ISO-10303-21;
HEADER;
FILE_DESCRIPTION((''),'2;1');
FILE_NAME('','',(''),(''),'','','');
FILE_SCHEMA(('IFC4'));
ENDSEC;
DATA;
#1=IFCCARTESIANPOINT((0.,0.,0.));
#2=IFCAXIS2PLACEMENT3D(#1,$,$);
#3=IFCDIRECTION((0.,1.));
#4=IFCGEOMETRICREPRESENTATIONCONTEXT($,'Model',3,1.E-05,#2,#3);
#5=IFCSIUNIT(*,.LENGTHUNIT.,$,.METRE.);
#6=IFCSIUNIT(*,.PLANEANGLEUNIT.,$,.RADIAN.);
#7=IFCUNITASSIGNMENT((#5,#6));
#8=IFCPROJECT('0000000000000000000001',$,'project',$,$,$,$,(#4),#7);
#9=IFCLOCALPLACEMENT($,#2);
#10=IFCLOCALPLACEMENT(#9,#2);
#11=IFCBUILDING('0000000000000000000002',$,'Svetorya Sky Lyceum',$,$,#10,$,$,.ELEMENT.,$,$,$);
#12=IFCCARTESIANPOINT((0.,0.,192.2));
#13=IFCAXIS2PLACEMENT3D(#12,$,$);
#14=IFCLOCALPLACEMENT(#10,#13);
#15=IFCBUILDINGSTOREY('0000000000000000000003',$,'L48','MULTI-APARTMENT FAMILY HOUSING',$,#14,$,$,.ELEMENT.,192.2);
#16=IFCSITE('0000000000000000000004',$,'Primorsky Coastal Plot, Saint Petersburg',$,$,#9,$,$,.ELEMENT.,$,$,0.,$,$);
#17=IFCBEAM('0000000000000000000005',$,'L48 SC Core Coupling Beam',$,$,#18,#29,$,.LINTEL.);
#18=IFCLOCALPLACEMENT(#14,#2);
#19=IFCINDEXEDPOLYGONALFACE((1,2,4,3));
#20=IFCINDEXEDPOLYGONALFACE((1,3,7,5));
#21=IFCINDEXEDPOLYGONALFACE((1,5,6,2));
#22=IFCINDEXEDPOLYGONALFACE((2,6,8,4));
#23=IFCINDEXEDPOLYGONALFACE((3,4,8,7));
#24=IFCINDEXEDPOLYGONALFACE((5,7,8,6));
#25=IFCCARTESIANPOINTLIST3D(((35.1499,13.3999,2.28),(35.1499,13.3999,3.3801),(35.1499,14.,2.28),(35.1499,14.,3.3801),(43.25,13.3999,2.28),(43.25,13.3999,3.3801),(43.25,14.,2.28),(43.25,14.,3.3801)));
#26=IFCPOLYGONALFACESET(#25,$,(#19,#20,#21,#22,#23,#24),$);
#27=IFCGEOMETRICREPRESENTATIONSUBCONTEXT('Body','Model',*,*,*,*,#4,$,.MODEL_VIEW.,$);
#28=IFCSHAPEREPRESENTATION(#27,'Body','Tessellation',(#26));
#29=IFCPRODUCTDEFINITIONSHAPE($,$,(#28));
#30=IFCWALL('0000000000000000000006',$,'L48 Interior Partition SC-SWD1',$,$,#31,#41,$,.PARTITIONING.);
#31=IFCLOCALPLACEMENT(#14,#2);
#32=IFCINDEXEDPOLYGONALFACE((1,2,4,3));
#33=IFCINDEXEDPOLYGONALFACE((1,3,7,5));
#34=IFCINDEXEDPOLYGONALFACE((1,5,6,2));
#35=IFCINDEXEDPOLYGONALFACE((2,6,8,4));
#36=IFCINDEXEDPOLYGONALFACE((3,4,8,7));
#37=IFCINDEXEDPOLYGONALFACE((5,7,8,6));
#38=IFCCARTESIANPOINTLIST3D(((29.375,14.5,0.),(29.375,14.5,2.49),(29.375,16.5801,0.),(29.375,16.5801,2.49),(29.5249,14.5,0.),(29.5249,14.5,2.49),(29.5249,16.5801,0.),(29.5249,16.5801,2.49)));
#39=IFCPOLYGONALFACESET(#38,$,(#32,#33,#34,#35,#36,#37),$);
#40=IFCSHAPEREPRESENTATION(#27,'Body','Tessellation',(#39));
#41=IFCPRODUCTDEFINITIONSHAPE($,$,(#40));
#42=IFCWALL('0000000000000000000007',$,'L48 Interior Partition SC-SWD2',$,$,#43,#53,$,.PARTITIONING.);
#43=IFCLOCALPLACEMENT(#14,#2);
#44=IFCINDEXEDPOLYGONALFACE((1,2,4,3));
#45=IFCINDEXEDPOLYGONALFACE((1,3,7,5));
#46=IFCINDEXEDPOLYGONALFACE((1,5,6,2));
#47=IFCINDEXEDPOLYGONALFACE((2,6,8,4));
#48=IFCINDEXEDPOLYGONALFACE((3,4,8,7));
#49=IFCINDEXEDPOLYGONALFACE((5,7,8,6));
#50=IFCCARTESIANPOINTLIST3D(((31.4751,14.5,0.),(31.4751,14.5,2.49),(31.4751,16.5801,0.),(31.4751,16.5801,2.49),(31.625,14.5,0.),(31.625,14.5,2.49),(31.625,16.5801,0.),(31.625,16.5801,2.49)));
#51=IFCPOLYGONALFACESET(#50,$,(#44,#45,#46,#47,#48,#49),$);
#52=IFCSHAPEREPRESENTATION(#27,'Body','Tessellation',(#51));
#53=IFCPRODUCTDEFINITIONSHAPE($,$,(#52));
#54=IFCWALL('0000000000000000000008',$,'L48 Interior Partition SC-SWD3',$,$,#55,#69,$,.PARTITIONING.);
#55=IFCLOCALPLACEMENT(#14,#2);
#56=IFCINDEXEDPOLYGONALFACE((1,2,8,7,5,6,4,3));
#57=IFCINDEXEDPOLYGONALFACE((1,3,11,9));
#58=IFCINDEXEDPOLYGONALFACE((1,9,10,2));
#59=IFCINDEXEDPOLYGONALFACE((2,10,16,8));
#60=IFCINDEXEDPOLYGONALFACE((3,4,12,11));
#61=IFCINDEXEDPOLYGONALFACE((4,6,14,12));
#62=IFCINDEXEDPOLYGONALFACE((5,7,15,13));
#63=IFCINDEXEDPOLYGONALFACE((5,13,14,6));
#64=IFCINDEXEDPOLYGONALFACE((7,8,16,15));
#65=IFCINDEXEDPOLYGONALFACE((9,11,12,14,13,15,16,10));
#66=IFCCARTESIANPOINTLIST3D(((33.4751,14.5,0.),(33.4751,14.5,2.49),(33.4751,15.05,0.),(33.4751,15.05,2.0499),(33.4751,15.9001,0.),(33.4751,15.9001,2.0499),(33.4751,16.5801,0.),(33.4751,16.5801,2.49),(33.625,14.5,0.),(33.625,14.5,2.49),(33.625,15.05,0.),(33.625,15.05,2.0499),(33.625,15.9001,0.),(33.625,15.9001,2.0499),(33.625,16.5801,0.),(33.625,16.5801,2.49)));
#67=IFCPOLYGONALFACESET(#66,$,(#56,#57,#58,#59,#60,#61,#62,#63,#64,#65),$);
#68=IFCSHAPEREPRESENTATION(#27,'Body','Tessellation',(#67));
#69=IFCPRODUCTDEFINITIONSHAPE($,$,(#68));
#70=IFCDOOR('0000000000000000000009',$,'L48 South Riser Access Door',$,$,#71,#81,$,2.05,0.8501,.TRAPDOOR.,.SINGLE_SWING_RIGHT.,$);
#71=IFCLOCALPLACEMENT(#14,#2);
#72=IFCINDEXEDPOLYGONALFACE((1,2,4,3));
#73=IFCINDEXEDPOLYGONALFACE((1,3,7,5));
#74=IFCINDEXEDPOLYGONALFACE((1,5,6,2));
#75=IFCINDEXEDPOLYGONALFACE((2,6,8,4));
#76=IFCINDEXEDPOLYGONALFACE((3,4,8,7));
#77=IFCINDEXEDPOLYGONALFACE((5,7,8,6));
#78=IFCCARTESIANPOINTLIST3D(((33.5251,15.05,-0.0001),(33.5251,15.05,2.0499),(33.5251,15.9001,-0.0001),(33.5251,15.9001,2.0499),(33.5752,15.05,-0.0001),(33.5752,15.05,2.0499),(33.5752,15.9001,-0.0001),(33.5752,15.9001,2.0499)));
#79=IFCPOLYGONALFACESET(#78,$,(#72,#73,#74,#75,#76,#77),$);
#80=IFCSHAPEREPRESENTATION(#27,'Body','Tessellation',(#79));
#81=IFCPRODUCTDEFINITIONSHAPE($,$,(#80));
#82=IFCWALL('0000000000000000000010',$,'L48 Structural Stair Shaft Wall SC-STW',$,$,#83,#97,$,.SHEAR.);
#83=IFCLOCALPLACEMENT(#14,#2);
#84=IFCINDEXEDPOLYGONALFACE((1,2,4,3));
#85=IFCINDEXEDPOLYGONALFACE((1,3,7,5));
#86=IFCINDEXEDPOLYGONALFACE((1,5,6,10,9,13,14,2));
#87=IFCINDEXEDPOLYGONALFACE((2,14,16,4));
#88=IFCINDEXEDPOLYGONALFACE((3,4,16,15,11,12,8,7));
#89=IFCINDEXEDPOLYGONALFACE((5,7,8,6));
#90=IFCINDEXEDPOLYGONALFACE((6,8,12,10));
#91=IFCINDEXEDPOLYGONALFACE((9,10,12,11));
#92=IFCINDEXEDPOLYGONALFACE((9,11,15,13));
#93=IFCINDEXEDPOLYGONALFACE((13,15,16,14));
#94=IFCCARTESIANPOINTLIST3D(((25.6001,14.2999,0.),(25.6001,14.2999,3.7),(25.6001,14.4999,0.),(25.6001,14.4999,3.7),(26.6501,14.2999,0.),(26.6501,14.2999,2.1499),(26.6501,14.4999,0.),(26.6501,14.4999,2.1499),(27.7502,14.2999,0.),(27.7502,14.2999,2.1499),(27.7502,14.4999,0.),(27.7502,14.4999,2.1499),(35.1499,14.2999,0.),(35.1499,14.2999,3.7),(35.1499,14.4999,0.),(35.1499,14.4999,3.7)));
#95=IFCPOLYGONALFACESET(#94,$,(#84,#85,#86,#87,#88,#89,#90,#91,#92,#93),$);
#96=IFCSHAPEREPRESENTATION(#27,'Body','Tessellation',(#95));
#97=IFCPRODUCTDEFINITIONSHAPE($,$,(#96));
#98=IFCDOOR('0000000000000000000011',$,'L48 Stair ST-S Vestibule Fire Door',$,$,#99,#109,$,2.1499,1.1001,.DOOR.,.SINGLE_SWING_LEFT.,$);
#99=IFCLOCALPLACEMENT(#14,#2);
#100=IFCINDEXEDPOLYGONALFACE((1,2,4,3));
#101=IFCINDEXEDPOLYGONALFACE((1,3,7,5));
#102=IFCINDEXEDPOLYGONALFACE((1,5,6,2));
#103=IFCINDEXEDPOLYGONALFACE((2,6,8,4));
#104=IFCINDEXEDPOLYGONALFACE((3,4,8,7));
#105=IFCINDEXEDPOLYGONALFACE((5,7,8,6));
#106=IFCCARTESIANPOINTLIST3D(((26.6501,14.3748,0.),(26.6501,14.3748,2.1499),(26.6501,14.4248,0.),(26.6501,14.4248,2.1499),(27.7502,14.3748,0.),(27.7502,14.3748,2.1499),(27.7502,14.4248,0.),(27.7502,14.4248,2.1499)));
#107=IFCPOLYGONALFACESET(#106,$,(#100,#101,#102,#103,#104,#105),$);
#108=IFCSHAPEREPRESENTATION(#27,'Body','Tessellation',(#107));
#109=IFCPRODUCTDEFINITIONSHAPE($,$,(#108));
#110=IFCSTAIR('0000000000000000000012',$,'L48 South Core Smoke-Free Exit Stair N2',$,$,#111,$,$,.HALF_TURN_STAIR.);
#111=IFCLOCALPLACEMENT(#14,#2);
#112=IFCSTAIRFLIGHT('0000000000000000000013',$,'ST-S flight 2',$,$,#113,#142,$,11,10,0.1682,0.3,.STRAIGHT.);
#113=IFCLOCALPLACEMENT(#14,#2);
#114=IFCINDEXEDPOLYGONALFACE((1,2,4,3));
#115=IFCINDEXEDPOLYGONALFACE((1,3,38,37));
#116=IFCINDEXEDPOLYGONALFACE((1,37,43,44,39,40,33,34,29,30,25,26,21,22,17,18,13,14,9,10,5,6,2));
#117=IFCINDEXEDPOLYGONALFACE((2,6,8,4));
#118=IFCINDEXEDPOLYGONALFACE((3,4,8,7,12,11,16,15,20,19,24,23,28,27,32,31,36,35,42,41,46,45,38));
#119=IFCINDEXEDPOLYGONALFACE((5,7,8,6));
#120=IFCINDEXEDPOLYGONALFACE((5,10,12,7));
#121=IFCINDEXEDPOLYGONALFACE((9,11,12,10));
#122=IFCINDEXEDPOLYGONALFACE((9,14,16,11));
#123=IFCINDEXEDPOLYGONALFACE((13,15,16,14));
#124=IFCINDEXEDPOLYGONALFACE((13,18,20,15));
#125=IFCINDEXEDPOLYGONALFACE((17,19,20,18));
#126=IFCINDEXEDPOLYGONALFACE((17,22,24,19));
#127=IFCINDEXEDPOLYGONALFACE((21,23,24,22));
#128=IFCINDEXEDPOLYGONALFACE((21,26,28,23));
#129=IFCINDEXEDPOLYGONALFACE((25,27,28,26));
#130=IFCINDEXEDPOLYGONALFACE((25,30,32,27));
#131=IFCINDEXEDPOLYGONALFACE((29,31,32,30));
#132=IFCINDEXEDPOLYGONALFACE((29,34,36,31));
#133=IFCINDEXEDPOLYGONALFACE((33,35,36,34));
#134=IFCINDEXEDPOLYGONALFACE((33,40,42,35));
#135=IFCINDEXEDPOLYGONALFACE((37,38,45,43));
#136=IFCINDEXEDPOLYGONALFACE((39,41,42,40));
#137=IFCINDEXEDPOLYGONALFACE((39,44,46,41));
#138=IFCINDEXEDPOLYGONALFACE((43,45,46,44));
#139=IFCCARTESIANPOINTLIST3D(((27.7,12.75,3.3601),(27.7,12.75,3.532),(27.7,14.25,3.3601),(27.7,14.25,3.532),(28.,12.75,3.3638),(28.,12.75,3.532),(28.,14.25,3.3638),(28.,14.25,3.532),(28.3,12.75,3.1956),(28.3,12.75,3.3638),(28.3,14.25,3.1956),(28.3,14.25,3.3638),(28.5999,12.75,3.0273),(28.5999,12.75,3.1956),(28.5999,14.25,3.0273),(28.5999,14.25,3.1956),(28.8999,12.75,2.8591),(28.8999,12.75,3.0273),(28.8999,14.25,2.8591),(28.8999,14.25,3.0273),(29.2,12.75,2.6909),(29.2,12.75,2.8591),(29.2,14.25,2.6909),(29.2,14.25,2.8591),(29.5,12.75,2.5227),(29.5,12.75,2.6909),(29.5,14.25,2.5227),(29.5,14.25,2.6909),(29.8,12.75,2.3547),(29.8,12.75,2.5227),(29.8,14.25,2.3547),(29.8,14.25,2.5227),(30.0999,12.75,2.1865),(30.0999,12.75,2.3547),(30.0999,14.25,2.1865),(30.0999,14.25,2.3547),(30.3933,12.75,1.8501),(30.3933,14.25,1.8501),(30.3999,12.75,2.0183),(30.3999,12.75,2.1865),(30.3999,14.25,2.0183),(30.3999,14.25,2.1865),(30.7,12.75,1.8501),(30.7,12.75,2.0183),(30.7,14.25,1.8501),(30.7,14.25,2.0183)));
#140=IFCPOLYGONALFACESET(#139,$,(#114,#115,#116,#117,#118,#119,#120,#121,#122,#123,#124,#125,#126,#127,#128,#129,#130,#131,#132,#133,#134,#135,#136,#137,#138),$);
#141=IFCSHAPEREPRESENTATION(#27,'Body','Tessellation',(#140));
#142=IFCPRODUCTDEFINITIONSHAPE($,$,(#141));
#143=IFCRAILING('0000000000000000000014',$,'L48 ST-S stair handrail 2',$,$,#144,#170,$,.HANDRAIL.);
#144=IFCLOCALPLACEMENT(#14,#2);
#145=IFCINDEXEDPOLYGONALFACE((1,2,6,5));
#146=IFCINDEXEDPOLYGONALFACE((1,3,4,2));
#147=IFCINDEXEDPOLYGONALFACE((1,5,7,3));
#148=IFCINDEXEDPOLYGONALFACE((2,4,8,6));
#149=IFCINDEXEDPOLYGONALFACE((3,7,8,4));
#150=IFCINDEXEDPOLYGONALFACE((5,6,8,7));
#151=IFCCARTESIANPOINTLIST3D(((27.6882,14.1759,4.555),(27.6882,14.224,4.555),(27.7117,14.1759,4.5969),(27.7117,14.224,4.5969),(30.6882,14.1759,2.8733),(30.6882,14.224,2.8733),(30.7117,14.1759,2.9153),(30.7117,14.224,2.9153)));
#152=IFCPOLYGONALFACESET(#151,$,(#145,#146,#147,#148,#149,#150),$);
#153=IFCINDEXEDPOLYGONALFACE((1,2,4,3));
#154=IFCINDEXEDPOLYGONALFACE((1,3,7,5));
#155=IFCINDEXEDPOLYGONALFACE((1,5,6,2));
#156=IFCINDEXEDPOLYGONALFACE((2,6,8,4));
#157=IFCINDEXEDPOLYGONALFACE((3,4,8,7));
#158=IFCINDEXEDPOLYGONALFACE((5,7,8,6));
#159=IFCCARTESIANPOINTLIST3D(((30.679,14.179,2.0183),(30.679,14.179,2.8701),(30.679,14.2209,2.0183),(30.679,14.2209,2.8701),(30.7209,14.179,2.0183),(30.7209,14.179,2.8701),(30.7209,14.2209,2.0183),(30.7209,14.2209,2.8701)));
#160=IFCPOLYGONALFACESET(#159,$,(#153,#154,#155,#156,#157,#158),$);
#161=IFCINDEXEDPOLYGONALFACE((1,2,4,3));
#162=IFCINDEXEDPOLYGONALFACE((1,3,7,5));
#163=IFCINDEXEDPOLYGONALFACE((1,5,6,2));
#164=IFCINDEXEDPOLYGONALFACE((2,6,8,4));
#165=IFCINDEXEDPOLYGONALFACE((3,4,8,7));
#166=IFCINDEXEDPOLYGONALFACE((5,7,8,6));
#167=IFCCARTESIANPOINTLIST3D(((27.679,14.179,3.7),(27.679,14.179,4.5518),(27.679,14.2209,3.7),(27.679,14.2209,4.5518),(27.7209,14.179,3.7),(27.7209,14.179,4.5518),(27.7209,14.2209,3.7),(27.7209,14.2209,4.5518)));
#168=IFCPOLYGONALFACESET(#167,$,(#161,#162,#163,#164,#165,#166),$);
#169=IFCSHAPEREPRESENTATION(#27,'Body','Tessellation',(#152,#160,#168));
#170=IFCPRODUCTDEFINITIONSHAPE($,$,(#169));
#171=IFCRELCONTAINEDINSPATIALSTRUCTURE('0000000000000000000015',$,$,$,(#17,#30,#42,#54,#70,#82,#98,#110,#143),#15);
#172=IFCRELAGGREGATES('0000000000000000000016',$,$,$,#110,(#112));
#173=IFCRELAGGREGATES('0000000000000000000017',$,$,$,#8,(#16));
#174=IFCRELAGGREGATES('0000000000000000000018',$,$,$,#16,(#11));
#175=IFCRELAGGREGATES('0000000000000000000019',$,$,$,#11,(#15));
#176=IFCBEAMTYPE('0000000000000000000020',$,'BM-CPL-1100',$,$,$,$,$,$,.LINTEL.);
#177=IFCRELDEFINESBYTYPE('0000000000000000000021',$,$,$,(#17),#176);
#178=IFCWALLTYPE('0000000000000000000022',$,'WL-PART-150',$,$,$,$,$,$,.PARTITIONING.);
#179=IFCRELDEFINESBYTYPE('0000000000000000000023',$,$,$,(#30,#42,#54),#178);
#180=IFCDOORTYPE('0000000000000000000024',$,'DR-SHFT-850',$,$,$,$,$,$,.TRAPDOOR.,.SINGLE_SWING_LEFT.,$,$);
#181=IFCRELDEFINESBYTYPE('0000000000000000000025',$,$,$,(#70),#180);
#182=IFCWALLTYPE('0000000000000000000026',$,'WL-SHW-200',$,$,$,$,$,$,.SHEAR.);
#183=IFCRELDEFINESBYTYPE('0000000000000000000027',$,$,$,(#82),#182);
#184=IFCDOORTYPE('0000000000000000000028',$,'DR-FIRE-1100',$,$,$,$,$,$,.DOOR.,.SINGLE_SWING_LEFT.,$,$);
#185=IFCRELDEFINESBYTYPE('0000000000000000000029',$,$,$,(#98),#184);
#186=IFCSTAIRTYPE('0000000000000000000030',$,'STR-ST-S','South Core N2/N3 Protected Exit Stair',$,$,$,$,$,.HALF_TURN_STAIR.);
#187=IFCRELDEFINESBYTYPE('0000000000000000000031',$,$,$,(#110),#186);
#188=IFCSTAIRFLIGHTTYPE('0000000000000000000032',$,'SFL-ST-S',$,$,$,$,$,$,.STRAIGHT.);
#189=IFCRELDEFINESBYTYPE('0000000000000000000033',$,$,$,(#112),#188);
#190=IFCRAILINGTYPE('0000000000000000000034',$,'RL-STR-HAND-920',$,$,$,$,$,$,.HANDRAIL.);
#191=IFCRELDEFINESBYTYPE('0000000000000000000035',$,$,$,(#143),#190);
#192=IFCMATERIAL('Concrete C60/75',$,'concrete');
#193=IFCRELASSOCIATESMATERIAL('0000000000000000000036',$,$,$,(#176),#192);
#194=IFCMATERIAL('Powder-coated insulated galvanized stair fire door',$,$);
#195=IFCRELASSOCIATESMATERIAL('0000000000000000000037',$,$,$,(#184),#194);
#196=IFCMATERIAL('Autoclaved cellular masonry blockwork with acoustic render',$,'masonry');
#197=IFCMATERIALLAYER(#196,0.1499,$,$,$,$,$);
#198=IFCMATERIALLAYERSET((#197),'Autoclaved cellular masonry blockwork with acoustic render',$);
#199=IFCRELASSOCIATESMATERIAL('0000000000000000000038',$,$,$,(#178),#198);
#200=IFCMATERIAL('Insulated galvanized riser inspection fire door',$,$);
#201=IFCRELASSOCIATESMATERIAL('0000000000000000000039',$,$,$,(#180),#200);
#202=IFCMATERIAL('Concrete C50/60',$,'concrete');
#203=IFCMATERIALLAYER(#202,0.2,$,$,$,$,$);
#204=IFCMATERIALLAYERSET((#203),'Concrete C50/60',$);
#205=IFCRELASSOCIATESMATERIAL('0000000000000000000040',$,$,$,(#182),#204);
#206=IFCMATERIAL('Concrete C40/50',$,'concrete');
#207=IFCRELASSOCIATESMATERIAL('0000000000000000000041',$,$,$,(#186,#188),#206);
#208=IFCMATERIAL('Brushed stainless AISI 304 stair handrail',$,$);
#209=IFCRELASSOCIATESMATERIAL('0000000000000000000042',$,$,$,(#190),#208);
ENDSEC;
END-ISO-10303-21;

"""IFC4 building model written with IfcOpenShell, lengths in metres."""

from ifc_helpers import new_model, si_unit, direction, frame, frame_2d, origin, origin_2d, place, context, subcontext, project, spatial, polyline, rectangle, outline, extrude, material, layer, layer_set, material_profile, profile_set, type_object, element, fill, aggregate, save


model = new_model("IFC4")

# Units and contexts
model_context = context("Model", 3, precision=1e-05, world=origin(), true_north=direction((0.0, 1.0)))
body_context = subcontext(model_context, "Body", "Model", "MODEL_VIEW")
ifc_project = project(units=[si_unit("LENGTHUNIT", "METRE"), si_unit("PLANEANGLEUNIT", "RADIAN")], contexts=[model_context])

# Site, building, storey
site_placement = place(None, origin())
site = spatial("IfcSite", under=ifc_project, at=site_placement, Name="Primorsky Coastal Plot, Saint Petersburg", CompositionType="ELEMENT", RefElevation=0.0)
building_placement = place(site_placement, origin())
building = spatial("IfcBuilding", under=site, at=building_placement, Name="Svetorya Sky Lyceum", CompositionType="ELEMENT")
storey_placement = place(building_placement, frame((0.0, 0.0, 192.2)))
storey = spatial("IfcBuildingStorey", under=building, at=storey_placement, Name="L48", Description="MULTI-APARTMENT FAMILY HOUSING", CompositionType="ELEMENT", Elevation=192.2)

# Beam
ifc_material_1 = material(Name="Concrete C60/75", Category="concrete")
ifc_material_profile = material_profile(ifc_material_1, rectangle(XDim=0.6001, YDim=1.1001, at=origin_2d()), Name="RC COUPLING 600x1100")
ifc_profile_set = profile_set([ifc_material_profile], Name="Concrete C60/75")
beam_type = type_object("IfcBeamType", Name="BM-CPL-1100", PredefinedType="LINTEL", material=ifc_profile_set)
beam_placement = place(storey_placement, frame((35.1499, 13.7, 2.8301), z_axis=(1.0, 0.0, 0.0), x_axis=(0.0, 1.0, 0.0)))
element("IfcBeam", 1, at=beam_placement, inside=storey, type_object=beam_type, Name="L48 SC Core Coupling Beam", PredefinedType="LINTEL", context=body_context, shape_type="SweptSolid", body=[
    extrude(rectangle(XDim=0.6001, YDim=1.1001, at=origin_2d()), origin(), (0.0, 0.0, 1.0), 8.1001),
])

# Shared definitions
ifc_material_2 = material(Name="Concrete C50/60", Category="concrete")
ifc_material_3 = material(Name="Powder-coated insulated galvanized stair fire door")
door_type_1 = type_object("IfcDoorType", Name="DR-FIRE-1100", OperationType="SINGLE_SWING_LEFT", PredefinedType="DOOR", material=ifc_material_3)

# Walls
ifc_material_4 = material(Name="Autoclaved cellular masonry blockwork with acoustic render", Category="masonry")
ifc_layer_1 = layer(ifc_material_4, 0.1499)
ifc_layer_set_1 = layer_set([ifc_layer_1], Name="Autoclaved cellular masonry blockwork with acoustic render")
wall_type_1 = type_object("IfcWallType", Name="WL-PART-150", PredefinedType="PARTITIONING", material=ifc_layer_set_1)
for number, where, z_axis, x_axis, name in (
    (2, (29.45, 14.5, 0.0), (0.0, 0.0, 1.0), (0.0, 1.0, 0.0), "L48 Interior Partition SC-SWD1"),
    (3, (31.55, 14.5, 0.0), (0.0, 0.0, 1.0), (0.0, 1.0, 0.0), "L48 Interior Partition SC-SWD2"),
):
    element("IfcWall", number, at=place(storey_placement, frame(where, z_axis=z_axis, x_axis=x_axis)), inside=storey, type_object=wall_type_1, Name=name, PredefinedType="PARTITIONING", context=body_context, shape_type="SweptSolid", body=[
        extrude(rectangle(XDim=2.0801, YDim=0.1499, at=frame_2d((1.04, 0.0))), origin(), (0.0, 0.0, 1.0), 2.49),
    ])

# Walls, openings, doors
wall_1_placement = place(storey_placement, frame((33.55, 14.5, 0.0), z_axis=(0.0, 0.0, 1.0), x_axis=(0.0, 1.0, 0.0)))
wall_1 = element("IfcWall", 4, at=wall_1_placement, inside=storey, type_object=wall_type_1, Name="L48 Interior Partition SC-SWD3", PredefinedType="PARTITIONING", context=body_context, shape_type="SweptSolid", body=[
    extrude(rectangle(XDim=2.0801, YDim=0.1499, at=frame_2d((1.04, 0.0))), origin(), (0.0, 0.0, 1.0), 2.49),
])
opening_1_placement = place(wall_1_placement, frame((0.55, 0.0, 0.0)))
opening_1 = element("IfcOpeningElement", 5, at=opening_1_placement, cuts=wall_1, PredefinedType="OPENING", context=body_context, shape_type="SweptSolid", body=[
    extrude(rectangle(XDim=0.8501, YDim=2.05, at=frame_2d((0.425, 1.0249))), frame((0.0, 0.085, 0.0), z_axis=(0.0, -1.0, 0.0), x_axis=(1.0, 0.0, 0.0)), (0.0, 0.0, 1.0), 0.1699),
])
ifc_material_5 = material(Name="Insulated galvanized riser inspection fire door")
door_type_2 = type_object("IfcDoorType", Name="DR-SHFT-850", OperationType="SINGLE_SWING_LEFT", PredefinedType="TRAPDOOR", material=ifc_material_5)
door_1_placement = place(opening_1_placement, origin())
door_1 = element("IfcDoor", 6, at=door_1_placement, inside=storey, type_object=door_type_2, Name="L48 South Riser Access Door", OperationType="SINGLE_SWING_RIGHT", OverallHeight=2.05, OverallWidth=0.8501, PredefinedType="TRAPDOOR", context=body_context, shape_type="SweptSolid", body=[
    extrude(rectangle(XDim=0.8501, YDim=2.05, at=frame_2d((0.425, 1.0249))), frame((0.0, 0.0249, 0.0), z_axis=(0.0, -1.0, 0.0), x_axis=(1.0, 0.0, 0.0)), (0.0, 0.0, 1.0), 0.05),
])
fill(opening_1, door_1)
ifc_layer_2 = layer(ifc_material_2, 0.2)
ifc_layer_set_2 = layer_set([ifc_layer_2], Name="Concrete C50/60")
wall_type_2 = type_object("IfcWallType", Name="WL-SHW-200", PredefinedType="SHEAR", material=ifc_layer_set_2)
wall_2_placement = place(storey_placement, frame((25.6001, 14.3999, 0.0), z_axis=(0.0, 0.0, 1.0), x_axis=(1.0, 0.0, 0.0)))
wall_2 = element("IfcWall", 7, at=wall_2_placement, inside=storey, type_object=wall_type_2, Name="L48 Structural Stair Shaft Wall SC-STW", PredefinedType="SHEAR", context=body_context, shape_type="SweptSolid", body=[
    extrude(rectangle(XDim=9.5498, YDim=0.2, at=frame_2d((4.7749, 0.0))), origin(), (0.0, 0.0, 1.0), 3.7),
])
opening_2_placement = place(wall_2_placement, frame((1.05, 0.0, 0.0)))
opening_2 = element("IfcOpeningElement", 8, at=opening_2_placement, cuts=wall_2, PredefinedType="OPENING", context=body_context, shape_type="SweptSolid", body=[
    extrude(rectangle(XDim=1.1001, YDim=2.1499, at=frame_2d((0.55, 1.075))), frame((0.0, 0.1099, 0.0), z_axis=(0.0, -1.0, 0.0), x_axis=(1.0, 0.0, 0.0)), (0.0, 0.0, 1.0), 0.22),
])
door_2_placement = place(opening_2_placement, origin())
door_2 = element("IfcDoor", 9, at=door_2_placement, inside=storey, type_object=door_type_1, Name="L48 Stair ST-S Vestibule Fire Door", OperationType="SINGLE_SWING_LEFT", OverallHeight=2.1499, OverallWidth=1.1001, PredefinedType="DOOR", context=body_context, shape_type="SweptSolid", body=[
    extrude(rectangle(XDim=1.1001, YDim=2.1499, at=frame_2d((0.55, 1.075))), frame((0.0, 0.0249, 0.0), z_axis=(0.0, -1.0, 0.0), x_axis=(1.0, 0.0, 0.0)), (0.0, 0.0, 1.0), 0.05),
])
fill(opening_2, door_2)

# Stair, stair flight
ifc_material_6 = material(Name="Concrete C40/50", Category="concrete")
stair_type = type_object("IfcStairType", Name="STR-ST-S", Description="South Core N2/N3 Protected Exit Stair", PredefinedType="HALF_TURN_STAIR", material=ifc_material_6)
stair_placement = place(storey_placement, origin())
stair = element("IfcStair", 10, at=stair_placement, inside=storey, type_object=stair_type, Name="L48 South Core Smoke-Free Exit Stair N2", PredefinedType="HALF_TURN_STAIR")
stair_flight_type = type_object("IfcStairFlightType", Name="SFL-ST-S", PredefinedType="STRAIGHT", material=ifc_material_6)
stair_flight_placement = place(storey_placement, frame((30.7, 13.5, 1.8501), z_axis=(0.0, 0.0, 1.0), x_axis=(-1.0, 0.0, 0.0)))
stair_flight = element("IfcStairFlight", 11, at=stair_flight_placement, type_object=stair_flight_type, Name="ST-S flight 2", NumberOfRisers=11, NumberOfTreads=10, PredefinedType="STRAIGHT", RiserHeight=0.1682, TreadLength=0.3, context=body_context, shape_type="SweptSolid", body=[
    extrude(outline(polyline([(0.0, 0.0), (0.0, 0.1682), (0.3, 0.1682), (0.3, 0.3364), (0.6001, 0.3364), (0.6001, 0.5046), (0.8999, 0.5046), (0.8999, 0.6726), (1.2, 0.6726), (1.2, 0.8408), (1.5, 0.8408), (1.5, 1.009), (1.8, 1.009), (1.8, 1.1772), (2.1001, 1.1772), (2.1001, 1.3455), (2.3999, 1.3455), (2.3999, 1.5137), (2.7, 1.5137), (2.7, 1.6819), (3.0, 1.6819), (3.0, 1.8501), (3.0, 1.51), (0.3066, 0.0), (0.0, 0.0)])), frame((0.0, 0.75, 0.0), z_axis=(0.0, -1.0, 0.0), x_axis=(1.0, 0.0, 0.0)), (0.0, 0.0, 1.0), 1.5),
])
aggregate(stair, [stair_flight])

# Railing
ifc_material_7 = material(Name="Brushed stainless AISI 304 stair handrail")
railing_type = type_object("IfcRailingType", Name="RL-STR-HAND-920", PredefinedType="HANDRAIL", material=ifc_material_7)
railing_placement = place(storey_placement, frame((30.7, 14.2, 2.0183)))
element("IfcRailing", 12, at=railing_placement, inside=storey, type_object=railing_type, Name="L48 ST-S stair handrail 2", PredefinedType="HANDRAIL", context=body_context, shape_type="SweptSolid", body=[
    extrude(rectangle(XDim=0.0481, YDim=0.0481, at=origin_2d()), frame((0.0, 0.0, 0.876), z_axis=(-0.872303, 0.0, 0.488966), x_axis=(0.0, -1.0, 0.0)), (0.0, 0.0, 1.0), 3.4392),
    extrude(rectangle(XDim=0.042, YDim=0.042, at=origin_2d()), origin(), (0.0, 0.0, 1.0), 0.8518),
    extrude(rectangle(XDim=0.042, YDim=0.042, at=origin_2d()), frame((-3.0, 0.0, 1.6816)), (0.0, 0.0, 1.0), 0.8518),
])

save(model, "model.ifc")
